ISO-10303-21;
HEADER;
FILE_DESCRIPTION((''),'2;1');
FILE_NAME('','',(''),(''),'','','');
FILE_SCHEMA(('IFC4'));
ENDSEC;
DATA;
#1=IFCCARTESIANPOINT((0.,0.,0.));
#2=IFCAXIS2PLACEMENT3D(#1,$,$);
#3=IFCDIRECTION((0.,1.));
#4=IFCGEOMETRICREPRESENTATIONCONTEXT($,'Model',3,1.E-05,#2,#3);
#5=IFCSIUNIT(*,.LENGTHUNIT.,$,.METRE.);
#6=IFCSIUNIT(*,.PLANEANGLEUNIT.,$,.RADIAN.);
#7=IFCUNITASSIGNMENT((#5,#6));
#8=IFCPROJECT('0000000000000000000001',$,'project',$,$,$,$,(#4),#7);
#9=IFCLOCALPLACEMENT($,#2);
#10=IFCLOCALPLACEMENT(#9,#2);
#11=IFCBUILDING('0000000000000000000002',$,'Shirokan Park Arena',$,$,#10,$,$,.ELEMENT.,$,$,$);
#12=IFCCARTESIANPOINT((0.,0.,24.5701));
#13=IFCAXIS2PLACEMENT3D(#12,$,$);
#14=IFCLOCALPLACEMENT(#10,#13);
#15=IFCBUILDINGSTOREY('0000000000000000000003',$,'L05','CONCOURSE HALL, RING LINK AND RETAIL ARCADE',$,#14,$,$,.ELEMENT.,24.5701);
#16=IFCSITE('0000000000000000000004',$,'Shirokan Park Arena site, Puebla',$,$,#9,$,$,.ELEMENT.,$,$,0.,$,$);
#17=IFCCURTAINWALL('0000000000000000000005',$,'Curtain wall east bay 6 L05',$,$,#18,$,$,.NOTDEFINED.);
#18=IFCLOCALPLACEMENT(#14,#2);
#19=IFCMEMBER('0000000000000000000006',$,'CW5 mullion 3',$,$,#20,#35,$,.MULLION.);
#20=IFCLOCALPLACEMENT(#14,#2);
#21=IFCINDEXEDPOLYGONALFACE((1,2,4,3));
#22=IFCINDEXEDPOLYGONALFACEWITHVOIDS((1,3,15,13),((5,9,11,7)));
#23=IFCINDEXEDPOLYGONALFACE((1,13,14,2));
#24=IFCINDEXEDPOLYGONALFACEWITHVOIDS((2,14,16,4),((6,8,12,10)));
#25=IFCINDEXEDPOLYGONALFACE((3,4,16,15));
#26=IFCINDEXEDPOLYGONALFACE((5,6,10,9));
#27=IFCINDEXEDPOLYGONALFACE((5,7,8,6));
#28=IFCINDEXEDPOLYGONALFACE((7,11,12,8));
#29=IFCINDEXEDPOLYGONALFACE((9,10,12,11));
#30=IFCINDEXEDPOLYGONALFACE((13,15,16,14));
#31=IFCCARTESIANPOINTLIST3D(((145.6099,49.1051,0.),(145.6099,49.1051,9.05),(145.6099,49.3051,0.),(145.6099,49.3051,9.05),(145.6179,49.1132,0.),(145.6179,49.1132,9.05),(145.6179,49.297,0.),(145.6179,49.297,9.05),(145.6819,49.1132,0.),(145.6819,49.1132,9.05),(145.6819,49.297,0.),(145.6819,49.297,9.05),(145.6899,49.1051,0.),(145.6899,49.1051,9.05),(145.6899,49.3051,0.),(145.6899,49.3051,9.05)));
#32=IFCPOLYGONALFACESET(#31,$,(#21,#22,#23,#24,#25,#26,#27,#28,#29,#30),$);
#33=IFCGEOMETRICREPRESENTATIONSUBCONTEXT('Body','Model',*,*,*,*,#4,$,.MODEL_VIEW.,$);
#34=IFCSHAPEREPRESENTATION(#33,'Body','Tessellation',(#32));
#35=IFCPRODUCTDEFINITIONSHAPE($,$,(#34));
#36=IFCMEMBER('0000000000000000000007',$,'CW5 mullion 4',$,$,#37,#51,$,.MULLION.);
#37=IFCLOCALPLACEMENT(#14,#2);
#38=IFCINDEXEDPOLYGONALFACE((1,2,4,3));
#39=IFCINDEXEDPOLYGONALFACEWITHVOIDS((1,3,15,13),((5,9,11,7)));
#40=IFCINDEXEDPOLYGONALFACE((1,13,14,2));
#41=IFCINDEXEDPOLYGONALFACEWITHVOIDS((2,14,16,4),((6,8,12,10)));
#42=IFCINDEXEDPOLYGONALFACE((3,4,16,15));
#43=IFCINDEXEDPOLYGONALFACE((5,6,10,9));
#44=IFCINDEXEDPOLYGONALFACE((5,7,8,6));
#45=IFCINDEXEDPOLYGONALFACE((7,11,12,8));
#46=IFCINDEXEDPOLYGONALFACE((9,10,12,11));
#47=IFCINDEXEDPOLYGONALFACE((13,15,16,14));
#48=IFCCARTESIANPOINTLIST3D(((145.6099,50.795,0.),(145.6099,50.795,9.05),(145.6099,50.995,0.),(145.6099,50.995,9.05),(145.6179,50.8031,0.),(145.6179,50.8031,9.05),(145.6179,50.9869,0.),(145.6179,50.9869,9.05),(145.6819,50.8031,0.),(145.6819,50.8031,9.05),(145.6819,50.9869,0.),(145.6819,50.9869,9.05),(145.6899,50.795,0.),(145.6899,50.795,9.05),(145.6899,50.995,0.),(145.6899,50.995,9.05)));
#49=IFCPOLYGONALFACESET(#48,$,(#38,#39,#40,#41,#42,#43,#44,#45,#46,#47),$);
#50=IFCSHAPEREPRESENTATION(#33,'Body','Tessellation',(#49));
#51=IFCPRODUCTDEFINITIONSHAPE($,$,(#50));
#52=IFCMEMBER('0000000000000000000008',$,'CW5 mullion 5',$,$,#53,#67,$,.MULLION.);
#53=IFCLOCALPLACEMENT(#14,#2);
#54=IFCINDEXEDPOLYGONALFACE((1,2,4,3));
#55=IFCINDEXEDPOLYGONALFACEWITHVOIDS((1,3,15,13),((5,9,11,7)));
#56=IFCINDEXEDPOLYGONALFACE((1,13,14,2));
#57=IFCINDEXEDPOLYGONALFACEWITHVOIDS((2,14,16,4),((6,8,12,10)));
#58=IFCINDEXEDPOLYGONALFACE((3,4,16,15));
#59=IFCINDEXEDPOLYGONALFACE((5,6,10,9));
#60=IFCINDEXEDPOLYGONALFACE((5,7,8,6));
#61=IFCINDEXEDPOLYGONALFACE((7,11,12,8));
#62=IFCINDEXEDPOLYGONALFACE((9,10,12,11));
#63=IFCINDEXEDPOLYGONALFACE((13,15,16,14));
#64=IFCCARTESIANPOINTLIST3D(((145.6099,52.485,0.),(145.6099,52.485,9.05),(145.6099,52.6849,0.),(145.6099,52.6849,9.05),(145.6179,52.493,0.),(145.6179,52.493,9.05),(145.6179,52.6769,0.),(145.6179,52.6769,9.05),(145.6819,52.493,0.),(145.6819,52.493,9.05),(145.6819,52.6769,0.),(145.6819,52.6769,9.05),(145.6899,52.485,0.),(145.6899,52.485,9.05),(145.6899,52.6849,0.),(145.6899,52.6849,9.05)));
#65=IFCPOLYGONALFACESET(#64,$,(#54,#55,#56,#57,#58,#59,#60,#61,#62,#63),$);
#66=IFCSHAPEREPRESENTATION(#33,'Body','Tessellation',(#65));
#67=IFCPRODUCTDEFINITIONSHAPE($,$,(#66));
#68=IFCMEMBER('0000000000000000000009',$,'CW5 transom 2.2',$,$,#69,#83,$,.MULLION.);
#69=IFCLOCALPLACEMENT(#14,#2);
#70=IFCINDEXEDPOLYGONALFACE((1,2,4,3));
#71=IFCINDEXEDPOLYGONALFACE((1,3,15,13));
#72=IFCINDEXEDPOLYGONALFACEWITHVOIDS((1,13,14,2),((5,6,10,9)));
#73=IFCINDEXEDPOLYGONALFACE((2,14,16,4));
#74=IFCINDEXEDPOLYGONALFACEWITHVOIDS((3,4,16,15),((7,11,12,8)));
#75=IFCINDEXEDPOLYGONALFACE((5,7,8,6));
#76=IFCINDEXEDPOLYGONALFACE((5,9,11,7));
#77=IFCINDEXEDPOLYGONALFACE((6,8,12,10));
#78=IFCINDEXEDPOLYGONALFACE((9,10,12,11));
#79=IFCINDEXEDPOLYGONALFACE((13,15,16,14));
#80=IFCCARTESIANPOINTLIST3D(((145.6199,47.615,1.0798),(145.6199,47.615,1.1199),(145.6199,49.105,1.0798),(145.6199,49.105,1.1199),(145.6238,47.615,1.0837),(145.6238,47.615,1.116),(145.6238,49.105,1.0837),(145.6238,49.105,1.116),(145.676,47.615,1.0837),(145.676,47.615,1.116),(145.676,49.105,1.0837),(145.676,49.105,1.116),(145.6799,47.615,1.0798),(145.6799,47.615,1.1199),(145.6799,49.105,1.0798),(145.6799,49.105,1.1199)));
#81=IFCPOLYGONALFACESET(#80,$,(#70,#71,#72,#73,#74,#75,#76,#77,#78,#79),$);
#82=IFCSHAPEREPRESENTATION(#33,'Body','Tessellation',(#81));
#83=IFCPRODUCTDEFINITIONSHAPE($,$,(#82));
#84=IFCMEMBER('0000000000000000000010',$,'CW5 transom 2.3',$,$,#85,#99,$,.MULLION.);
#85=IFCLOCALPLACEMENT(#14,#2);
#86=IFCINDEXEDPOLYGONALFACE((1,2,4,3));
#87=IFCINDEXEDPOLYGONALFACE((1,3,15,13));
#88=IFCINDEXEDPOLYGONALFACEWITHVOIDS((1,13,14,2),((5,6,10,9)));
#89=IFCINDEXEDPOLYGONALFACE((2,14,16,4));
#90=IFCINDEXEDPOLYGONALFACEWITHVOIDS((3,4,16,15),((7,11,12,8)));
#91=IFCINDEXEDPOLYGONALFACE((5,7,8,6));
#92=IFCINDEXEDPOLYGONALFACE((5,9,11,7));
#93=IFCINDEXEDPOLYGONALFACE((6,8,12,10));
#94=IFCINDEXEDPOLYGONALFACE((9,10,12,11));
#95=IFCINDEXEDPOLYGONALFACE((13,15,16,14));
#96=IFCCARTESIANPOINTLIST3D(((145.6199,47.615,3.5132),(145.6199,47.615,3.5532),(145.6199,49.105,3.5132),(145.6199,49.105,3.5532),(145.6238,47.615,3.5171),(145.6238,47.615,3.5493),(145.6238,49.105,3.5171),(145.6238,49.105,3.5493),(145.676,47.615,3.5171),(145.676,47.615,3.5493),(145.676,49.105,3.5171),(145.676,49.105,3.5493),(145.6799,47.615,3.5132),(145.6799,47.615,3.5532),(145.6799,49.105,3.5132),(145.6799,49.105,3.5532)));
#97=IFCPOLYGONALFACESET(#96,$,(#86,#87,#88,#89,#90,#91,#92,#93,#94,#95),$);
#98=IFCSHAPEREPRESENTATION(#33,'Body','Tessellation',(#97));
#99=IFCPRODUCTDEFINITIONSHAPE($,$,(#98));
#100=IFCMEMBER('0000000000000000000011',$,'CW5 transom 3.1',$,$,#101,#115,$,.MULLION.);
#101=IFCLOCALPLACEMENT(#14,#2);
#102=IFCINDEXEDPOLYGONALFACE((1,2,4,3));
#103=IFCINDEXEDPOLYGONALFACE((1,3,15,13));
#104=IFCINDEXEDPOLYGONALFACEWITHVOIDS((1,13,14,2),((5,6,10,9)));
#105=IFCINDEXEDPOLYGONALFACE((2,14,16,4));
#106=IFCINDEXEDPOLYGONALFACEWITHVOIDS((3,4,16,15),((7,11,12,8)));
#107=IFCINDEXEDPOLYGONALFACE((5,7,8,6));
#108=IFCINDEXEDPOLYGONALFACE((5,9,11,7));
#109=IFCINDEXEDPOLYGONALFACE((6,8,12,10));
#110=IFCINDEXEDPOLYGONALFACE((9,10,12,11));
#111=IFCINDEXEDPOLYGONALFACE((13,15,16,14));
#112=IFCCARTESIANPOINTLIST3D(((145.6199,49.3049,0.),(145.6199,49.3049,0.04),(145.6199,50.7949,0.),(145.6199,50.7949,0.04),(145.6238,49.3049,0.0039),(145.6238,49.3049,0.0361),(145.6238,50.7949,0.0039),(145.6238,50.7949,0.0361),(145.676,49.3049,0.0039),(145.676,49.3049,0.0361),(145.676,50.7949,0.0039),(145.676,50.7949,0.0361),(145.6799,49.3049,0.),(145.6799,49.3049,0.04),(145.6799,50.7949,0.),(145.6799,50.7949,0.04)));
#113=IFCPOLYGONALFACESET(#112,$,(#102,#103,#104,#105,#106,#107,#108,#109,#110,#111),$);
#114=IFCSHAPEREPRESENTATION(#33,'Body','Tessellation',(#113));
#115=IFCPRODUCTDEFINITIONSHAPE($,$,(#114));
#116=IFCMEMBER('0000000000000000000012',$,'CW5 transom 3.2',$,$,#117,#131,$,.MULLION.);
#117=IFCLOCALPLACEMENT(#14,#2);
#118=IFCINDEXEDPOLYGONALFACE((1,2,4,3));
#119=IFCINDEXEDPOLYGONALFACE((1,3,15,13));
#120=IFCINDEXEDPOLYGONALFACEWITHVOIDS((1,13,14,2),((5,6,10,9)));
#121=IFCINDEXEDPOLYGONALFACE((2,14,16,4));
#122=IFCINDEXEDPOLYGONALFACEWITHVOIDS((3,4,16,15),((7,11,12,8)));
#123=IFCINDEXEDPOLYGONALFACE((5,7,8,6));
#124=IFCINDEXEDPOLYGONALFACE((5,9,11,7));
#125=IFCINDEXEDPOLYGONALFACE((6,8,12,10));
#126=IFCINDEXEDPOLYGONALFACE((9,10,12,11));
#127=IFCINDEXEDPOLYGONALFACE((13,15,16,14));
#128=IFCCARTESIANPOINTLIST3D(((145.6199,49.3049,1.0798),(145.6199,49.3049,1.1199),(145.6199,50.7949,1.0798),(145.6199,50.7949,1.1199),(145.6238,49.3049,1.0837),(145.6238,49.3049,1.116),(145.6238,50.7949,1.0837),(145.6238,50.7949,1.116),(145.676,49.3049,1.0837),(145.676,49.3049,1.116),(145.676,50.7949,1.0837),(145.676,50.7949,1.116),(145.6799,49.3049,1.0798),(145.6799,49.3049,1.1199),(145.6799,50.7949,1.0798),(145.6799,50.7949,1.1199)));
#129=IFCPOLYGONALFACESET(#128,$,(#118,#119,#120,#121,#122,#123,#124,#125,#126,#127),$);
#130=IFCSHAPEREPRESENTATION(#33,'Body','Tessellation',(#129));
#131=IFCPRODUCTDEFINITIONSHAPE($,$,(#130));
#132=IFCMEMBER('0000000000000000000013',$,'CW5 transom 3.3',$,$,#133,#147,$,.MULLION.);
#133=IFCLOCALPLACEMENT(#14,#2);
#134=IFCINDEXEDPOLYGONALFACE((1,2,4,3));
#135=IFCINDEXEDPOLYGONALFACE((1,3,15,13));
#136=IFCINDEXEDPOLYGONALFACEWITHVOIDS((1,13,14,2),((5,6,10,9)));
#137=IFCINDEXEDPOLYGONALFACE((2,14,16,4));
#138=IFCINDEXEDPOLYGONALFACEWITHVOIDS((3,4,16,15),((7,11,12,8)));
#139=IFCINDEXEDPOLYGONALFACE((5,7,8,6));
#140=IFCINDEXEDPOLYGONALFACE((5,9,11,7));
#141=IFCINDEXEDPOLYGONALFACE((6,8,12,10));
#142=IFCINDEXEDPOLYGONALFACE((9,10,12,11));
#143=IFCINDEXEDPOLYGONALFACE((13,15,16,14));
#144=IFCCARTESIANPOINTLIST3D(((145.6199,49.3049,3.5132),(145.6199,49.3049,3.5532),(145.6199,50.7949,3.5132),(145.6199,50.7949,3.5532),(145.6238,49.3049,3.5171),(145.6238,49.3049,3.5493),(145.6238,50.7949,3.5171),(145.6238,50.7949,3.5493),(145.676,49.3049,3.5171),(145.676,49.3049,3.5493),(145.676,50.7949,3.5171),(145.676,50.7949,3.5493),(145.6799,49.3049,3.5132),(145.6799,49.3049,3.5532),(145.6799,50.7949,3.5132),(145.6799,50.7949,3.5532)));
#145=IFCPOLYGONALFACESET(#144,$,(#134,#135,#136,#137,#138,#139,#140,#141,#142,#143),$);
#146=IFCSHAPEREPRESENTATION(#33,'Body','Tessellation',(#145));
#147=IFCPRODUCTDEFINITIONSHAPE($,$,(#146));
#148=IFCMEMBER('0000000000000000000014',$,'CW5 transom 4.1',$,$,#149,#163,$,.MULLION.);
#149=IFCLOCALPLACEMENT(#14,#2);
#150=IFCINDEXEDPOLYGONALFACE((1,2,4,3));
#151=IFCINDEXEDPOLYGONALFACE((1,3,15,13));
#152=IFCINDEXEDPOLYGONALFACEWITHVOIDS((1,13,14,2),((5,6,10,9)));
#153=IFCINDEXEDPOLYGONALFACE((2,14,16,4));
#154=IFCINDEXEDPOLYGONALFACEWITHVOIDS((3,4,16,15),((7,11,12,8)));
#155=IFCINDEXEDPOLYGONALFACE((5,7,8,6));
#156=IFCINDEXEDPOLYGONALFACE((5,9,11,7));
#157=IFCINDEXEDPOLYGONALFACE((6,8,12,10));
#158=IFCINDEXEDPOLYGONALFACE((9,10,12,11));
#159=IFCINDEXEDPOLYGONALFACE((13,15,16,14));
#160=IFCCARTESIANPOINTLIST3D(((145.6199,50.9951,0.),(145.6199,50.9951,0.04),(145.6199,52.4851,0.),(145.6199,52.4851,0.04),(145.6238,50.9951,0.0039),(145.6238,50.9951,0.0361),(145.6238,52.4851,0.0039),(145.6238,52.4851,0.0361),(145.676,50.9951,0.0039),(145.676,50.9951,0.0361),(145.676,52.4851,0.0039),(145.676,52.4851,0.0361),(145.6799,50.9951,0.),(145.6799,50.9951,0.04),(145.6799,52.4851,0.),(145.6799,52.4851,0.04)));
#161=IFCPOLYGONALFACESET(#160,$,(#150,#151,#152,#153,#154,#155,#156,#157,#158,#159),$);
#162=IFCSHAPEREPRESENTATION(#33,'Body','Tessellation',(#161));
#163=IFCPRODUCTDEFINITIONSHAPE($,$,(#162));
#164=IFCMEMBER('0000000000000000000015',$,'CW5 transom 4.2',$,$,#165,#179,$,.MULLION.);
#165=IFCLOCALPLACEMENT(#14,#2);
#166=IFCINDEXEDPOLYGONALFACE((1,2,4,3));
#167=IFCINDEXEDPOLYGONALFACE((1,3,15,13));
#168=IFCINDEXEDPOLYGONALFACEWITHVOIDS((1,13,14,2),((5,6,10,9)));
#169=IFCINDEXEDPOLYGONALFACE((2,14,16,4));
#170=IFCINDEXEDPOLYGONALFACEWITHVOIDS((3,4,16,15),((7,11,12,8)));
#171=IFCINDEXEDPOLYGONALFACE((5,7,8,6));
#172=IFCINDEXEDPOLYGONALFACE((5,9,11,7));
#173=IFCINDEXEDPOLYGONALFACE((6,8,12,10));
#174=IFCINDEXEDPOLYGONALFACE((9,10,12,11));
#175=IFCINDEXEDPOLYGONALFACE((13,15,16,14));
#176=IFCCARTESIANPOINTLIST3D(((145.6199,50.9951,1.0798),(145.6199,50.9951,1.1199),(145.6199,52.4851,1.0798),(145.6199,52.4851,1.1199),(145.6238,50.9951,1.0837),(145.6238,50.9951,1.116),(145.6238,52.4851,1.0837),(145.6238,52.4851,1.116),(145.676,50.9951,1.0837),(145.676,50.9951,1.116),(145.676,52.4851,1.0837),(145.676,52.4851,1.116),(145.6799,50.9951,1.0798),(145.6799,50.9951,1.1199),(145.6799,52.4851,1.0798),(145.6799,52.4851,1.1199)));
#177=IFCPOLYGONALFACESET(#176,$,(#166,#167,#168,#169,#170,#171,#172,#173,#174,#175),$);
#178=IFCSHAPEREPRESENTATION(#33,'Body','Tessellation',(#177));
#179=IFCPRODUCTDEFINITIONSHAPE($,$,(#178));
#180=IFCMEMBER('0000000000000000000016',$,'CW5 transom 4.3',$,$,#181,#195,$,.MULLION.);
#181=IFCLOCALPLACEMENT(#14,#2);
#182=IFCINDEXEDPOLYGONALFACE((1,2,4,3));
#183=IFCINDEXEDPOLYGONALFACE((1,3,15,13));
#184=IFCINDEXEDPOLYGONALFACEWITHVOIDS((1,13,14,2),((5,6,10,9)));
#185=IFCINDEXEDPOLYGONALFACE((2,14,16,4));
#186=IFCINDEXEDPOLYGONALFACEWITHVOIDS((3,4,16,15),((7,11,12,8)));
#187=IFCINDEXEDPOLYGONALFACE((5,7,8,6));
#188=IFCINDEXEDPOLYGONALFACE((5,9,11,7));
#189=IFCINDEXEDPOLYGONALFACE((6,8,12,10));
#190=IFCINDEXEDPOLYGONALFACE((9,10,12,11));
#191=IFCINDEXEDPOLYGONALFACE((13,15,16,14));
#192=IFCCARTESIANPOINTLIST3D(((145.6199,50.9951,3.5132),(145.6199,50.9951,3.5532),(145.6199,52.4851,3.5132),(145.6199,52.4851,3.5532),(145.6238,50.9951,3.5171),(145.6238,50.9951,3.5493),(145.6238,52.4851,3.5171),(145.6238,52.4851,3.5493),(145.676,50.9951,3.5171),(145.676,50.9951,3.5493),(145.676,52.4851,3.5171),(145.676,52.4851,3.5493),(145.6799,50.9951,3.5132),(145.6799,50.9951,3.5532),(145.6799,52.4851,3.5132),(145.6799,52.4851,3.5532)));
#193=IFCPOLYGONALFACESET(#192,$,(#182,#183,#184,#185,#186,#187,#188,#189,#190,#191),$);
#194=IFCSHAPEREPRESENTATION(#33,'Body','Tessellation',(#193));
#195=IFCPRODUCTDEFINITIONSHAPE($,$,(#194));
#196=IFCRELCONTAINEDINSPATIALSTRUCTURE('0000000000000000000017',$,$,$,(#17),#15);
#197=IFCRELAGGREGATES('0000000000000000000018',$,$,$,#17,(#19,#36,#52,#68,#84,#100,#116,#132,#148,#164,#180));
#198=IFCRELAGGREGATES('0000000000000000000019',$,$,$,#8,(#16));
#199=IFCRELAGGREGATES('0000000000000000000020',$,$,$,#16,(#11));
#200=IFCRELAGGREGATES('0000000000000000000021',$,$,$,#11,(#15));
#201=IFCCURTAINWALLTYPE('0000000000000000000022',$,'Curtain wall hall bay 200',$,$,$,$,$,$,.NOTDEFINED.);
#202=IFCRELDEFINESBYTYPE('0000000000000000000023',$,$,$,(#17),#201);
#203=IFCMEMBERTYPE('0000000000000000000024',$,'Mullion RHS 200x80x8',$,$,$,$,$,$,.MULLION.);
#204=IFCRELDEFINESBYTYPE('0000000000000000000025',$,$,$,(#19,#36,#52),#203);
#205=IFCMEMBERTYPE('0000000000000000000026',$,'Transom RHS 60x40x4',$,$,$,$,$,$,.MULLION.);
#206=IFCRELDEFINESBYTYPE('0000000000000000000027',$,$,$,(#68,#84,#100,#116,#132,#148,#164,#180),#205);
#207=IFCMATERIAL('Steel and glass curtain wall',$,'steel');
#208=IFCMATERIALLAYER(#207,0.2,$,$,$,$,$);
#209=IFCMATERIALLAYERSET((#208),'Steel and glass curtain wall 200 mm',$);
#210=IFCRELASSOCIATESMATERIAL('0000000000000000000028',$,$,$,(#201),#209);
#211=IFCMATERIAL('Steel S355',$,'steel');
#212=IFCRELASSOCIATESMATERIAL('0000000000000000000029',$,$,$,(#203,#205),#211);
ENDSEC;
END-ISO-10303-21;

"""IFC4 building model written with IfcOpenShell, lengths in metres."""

from ifc_helpers import new_model, si_unit, direction, frame, origin, origin_2d, place, context, subcontext, project, spatial, hollow_rectangle, extrude, material, layer, layer_set, material_profile, profile_set, type_object, element, aggregate, save


model = new_model("IFC4")

# Units and contexts
model_context = context("Model", 3, precision=1e-05, world=origin(), true_north=direction((0.0, 1.0)))
body_context = subcontext(model_context, "Body", "Model", "MODEL_VIEW")
ifc_project = project(units=[si_unit("LENGTHUNIT", "METRE"), si_unit("PLANEANGLEUNIT", "RADIAN")], contexts=[model_context])

# Site, building, storey
site_placement = place(None, origin())
site = spatial("IfcSite", under=ifc_project, at=site_placement, Name="Shirokan Park Arena site, Puebla", CompositionType="ELEMENT", RefElevation=0.0)
building_placement = place(site_placement, origin())
building = spatial("IfcBuilding", under=site, at=building_placement, Name="Shirokan Park Arena", CompositionType="ELEMENT")
storey_placement = place(building_placement, frame((0.0, 0.0, 24.5701)))
storey = spatial("IfcBuildingStorey", under=building, at=storey_placement, Name="L05", Description="CONCOURSE HALL, RING LINK AND RETAIL ARCADE", CompositionType="ELEMENT", Elevation=24.5701)

# Curtain wall, members
ifc_material_1 = material(Name="Steel and glass curtain wall", Category="steel")
ifc_layer_1 = layer(ifc_material_1, 0.2)
ifc_layer_set_1 = layer_set([ifc_layer_1], Name="Steel and glass curtain wall 200 mm")
curtain_wall_type = type_object("IfcCurtainWallType", Name="Curtain wall hall bay 200", PredefinedType="NOTDEFINED", material=ifc_layer_set_1)
curtain_wall_placement = place(storey_placement, origin())
curtain_wall = element("IfcCurtainWall", 1, at=curtain_wall_placement, inside=storey, type_object=curtain_wall_type, Name="Curtain wall east bay 6 L05", PredefinedType="NOTDEFINED")
ifc_material_2 = material(Name="Steel S355", Category="steel")
ifc_material_profile_1 = material_profile(ifc_material_2, hollow_rectangle(XDim=0.0801, YDim=0.2, WallThickness=0.0081, at=origin_2d()), Name="RHS 200x80x8")
ifc_profile_set_1 = profile_set([ifc_material_profile_1], Name="Steel S355")
member_type_1 = type_object("IfcMemberType", Name="Mullion RHS 200x80x8", PredefinedType="MULLION", material=ifc_profile_set_1)
member_1_placement = place(storey_placement, frame((145.6499, 49.2051, 0.0), z_axis=(0.0, 0.0, 1.0), x_axis=(-1.0, 0.0, 0.0)))
member_1 = element("IfcMember", 2, at=member_1_placement, type_object=member_type_1, Name="CW5 mullion 3", PredefinedType="MULLION", context=body_context, shape_type="SweptSolid", body=[
    extrude(hollow_rectangle(XDim=0.0801, YDim=0.2, WallThickness=0.0081, at=origin_2d()), origin(), (0.0, 0.0, 1.0), 9.05),
])
member_2_placement = place(storey_placement, frame((145.6499, 50.895, 0.0), z_axis=(0.0, 0.0, 1.0), x_axis=(-1.0, 0.0, 0.0)))
member_2 = element("IfcMember", 3, at=member_2_placement, type_object=member_type_1, Name="CW5 mullion 4", PredefinedType="MULLION", context=body_context, shape_type="SweptSolid", body=[
    extrude(hollow_rectangle(XDim=0.0801, YDim=0.2, WallThickness=0.0081, at=origin_2d()), origin(), (0.0, 0.0, 1.0), 9.05),
])
member_3_placement = place(storey_placement, frame((145.6499, 52.585, 0.0), z_axis=(0.0, 0.0, 1.0), x_axis=(-1.0, 0.0, 0.0)))
member_3 = element("IfcMember", 4, at=member_3_placement, type_object=member_type_1, Name="CW5 mullion 5", PredefinedType="MULLION", context=body_context, shape_type="SweptSolid", body=[
    extrude(hollow_rectangle(XDim=0.0801, YDim=0.2, WallThickness=0.0081, at=origin_2d()), origin(), (0.0, 0.0, 1.0), 9.05),
])
ifc_material_profile_2 = material_profile(ifc_material_2, hollow_rectangle(XDim=0.0601, YDim=0.04, WallThickness=0.0039, at=origin_2d()), Name="RHS 60x40x4")
ifc_profile_set_2 = profile_set([ifc_material_profile_2], Name="Steel S355")
member_type_2 = type_object("IfcMemberType", Name="Transom RHS 60x40x4", PredefinedType="MULLION", material=ifc_profile_set_2)
member_4_placement = place(storey_placement, frame((145.6499, 47.615, 1.0999), z_axis=(0.0, 1.0, 0.0), x_axis=(-1.0, 0.0, 0.0)))
member_4 = element("IfcMember", 5, at=member_4_placement, type_object=member_type_2, Name="CW5 transom 2.2", PredefinedType="MULLION", context=body_context, shape_type="SweptSolid", body=[
    extrude(hollow_rectangle(XDim=0.0601, YDim=0.04, WallThickness=0.0039, at=origin_2d()), origin(), (0.0, 0.0, 1.0), 1.49),
])
member_5_placement = place(storey_placement, frame((145.6499, 47.615, 3.5332), z_axis=(0.0, 1.0, 0.0), x_axis=(-1.0, 0.0, 0.0)))
member_5 = element("IfcMember", 6, at=member_5_placement, type_object=member_type_2, Name="CW5 transom 2.3", PredefinedType="MULLION", context=body_context, shape_type="SweptSolid", body=[
    extrude(hollow_rectangle(XDim=0.0601, YDim=0.04, WallThickness=0.0039, at=origin_2d()), origin(), (0.0, 0.0, 1.0), 1.49),
])
member_6_placement = place(storey_placement, frame((145.6499, 49.3049, 0.02), z_axis=(0.0, 1.0, 0.0), x_axis=(-1.0, 0.0, 0.0)))
member_6 = element("IfcMember", 7, at=member_6_placement, type_object=member_type_2, Name="CW5 transom 3.1", PredefinedType="MULLION", context=body_context, shape_type="SweptSolid", body=[
    extrude(hollow_rectangle(XDim=0.0601, YDim=0.04, WallThickness=0.0039, at=origin_2d()), origin(), (0.0, 0.0, 1.0), 1.49),
])
member_7_placement = place(storey_placement, frame((145.6499, 49.3049, 1.0999), z_axis=(0.0, 1.0, 0.0), x_axis=(-1.0, 0.0, 0.0)))
member_7 = element("IfcMember", 8, at=member_7_placement, type_object=member_type_2, Name="CW5 transom 3.2", PredefinedType="MULLION", context=body_context, shape_type="SweptSolid", body=[
    extrude(hollow_rectangle(XDim=0.0601, YDim=0.04, WallThickness=0.0039, at=origin_2d()), origin(), (0.0, 0.0, 1.0), 1.49),
])
member_8_placement = place(storey_placement, frame((145.6499, 49.3049, 3.5332), z_axis=(0.0, 1.0, 0.0), x_axis=(-1.0, 0.0, 0.0)))
member_8 = element("IfcMember", 9, at=member_8_placement, type_object=member_type_2, Name="CW5 transom 3.3", PredefinedType="MULLION", context=body_context, shape_type="SweptSolid", body=[
    extrude(hollow_rectangle(XDim=0.0601, YDim=0.04, WallThickness=0.0039, at=origin_2d()), origin(), (0.0, 0.0, 1.0), 1.49),
])
member_9_placement = place(storey_placement, frame((145.6499, 50.9951, 0.02), z_axis=(0.0, 1.0, 0.0), x_axis=(-1.0, 0.0, 0.0)))
member_9 = element("IfcMember", 10, at=member_9_placement, type_object=member_type_2, Name="CW5 transom 4.1", PredefinedType="MULLION", context=body_context, shape_type="SweptSolid", body=[
    extrude(hollow_rectangle(XDim=0.0601, YDim=0.04, WallThickness=0.0039, at=origin_2d()), origin(), (0.0, 0.0, 1.0), 1.49),
])
member_10_placement = place(storey_placement, frame((145.6499, 50.9951, 1.0999), z_axis=(0.0, 1.0, 0.0), x_axis=(-1.0, 0.0, 0.0)))
member_10 = element("IfcMember", 11, at=member_10_placement, type_object=member_type_2, Name="CW5 transom 4.2", PredefinedType="MULLION", context=body_context, shape_type="SweptSolid", body=[
    extrude(hollow_rectangle(XDim=0.0601, YDim=0.04, WallThickness=0.0039, at=origin_2d()), origin(), (0.0, 0.0, 1.0), 1.49),
])
member_11_placement = place(storey_placement, frame((145.6499, 50.9951, 3.5332), z_axis=(0.0, 1.0, 0.0), x_axis=(-1.0, 0.0, 0.0)))
member_11 = element("IfcMember", 12, at=member_11_placement, type_object=member_type_2, Name="CW5 transom 4.3", PredefinedType="MULLION", context=body_context, shape_type="SweptSolid", body=[
    extrude(hollow_rectangle(XDim=0.0601, YDim=0.04, WallThickness=0.0039, at=origin_2d()), origin(), (0.0, 0.0, 1.0), 1.49),
])
aggregate(curtain_wall, [member_1, member_2, member_3, member_4, member_5, member_6, member_7, member_8, member_9, member_10, member_11])

save(model, "model.ifc")
